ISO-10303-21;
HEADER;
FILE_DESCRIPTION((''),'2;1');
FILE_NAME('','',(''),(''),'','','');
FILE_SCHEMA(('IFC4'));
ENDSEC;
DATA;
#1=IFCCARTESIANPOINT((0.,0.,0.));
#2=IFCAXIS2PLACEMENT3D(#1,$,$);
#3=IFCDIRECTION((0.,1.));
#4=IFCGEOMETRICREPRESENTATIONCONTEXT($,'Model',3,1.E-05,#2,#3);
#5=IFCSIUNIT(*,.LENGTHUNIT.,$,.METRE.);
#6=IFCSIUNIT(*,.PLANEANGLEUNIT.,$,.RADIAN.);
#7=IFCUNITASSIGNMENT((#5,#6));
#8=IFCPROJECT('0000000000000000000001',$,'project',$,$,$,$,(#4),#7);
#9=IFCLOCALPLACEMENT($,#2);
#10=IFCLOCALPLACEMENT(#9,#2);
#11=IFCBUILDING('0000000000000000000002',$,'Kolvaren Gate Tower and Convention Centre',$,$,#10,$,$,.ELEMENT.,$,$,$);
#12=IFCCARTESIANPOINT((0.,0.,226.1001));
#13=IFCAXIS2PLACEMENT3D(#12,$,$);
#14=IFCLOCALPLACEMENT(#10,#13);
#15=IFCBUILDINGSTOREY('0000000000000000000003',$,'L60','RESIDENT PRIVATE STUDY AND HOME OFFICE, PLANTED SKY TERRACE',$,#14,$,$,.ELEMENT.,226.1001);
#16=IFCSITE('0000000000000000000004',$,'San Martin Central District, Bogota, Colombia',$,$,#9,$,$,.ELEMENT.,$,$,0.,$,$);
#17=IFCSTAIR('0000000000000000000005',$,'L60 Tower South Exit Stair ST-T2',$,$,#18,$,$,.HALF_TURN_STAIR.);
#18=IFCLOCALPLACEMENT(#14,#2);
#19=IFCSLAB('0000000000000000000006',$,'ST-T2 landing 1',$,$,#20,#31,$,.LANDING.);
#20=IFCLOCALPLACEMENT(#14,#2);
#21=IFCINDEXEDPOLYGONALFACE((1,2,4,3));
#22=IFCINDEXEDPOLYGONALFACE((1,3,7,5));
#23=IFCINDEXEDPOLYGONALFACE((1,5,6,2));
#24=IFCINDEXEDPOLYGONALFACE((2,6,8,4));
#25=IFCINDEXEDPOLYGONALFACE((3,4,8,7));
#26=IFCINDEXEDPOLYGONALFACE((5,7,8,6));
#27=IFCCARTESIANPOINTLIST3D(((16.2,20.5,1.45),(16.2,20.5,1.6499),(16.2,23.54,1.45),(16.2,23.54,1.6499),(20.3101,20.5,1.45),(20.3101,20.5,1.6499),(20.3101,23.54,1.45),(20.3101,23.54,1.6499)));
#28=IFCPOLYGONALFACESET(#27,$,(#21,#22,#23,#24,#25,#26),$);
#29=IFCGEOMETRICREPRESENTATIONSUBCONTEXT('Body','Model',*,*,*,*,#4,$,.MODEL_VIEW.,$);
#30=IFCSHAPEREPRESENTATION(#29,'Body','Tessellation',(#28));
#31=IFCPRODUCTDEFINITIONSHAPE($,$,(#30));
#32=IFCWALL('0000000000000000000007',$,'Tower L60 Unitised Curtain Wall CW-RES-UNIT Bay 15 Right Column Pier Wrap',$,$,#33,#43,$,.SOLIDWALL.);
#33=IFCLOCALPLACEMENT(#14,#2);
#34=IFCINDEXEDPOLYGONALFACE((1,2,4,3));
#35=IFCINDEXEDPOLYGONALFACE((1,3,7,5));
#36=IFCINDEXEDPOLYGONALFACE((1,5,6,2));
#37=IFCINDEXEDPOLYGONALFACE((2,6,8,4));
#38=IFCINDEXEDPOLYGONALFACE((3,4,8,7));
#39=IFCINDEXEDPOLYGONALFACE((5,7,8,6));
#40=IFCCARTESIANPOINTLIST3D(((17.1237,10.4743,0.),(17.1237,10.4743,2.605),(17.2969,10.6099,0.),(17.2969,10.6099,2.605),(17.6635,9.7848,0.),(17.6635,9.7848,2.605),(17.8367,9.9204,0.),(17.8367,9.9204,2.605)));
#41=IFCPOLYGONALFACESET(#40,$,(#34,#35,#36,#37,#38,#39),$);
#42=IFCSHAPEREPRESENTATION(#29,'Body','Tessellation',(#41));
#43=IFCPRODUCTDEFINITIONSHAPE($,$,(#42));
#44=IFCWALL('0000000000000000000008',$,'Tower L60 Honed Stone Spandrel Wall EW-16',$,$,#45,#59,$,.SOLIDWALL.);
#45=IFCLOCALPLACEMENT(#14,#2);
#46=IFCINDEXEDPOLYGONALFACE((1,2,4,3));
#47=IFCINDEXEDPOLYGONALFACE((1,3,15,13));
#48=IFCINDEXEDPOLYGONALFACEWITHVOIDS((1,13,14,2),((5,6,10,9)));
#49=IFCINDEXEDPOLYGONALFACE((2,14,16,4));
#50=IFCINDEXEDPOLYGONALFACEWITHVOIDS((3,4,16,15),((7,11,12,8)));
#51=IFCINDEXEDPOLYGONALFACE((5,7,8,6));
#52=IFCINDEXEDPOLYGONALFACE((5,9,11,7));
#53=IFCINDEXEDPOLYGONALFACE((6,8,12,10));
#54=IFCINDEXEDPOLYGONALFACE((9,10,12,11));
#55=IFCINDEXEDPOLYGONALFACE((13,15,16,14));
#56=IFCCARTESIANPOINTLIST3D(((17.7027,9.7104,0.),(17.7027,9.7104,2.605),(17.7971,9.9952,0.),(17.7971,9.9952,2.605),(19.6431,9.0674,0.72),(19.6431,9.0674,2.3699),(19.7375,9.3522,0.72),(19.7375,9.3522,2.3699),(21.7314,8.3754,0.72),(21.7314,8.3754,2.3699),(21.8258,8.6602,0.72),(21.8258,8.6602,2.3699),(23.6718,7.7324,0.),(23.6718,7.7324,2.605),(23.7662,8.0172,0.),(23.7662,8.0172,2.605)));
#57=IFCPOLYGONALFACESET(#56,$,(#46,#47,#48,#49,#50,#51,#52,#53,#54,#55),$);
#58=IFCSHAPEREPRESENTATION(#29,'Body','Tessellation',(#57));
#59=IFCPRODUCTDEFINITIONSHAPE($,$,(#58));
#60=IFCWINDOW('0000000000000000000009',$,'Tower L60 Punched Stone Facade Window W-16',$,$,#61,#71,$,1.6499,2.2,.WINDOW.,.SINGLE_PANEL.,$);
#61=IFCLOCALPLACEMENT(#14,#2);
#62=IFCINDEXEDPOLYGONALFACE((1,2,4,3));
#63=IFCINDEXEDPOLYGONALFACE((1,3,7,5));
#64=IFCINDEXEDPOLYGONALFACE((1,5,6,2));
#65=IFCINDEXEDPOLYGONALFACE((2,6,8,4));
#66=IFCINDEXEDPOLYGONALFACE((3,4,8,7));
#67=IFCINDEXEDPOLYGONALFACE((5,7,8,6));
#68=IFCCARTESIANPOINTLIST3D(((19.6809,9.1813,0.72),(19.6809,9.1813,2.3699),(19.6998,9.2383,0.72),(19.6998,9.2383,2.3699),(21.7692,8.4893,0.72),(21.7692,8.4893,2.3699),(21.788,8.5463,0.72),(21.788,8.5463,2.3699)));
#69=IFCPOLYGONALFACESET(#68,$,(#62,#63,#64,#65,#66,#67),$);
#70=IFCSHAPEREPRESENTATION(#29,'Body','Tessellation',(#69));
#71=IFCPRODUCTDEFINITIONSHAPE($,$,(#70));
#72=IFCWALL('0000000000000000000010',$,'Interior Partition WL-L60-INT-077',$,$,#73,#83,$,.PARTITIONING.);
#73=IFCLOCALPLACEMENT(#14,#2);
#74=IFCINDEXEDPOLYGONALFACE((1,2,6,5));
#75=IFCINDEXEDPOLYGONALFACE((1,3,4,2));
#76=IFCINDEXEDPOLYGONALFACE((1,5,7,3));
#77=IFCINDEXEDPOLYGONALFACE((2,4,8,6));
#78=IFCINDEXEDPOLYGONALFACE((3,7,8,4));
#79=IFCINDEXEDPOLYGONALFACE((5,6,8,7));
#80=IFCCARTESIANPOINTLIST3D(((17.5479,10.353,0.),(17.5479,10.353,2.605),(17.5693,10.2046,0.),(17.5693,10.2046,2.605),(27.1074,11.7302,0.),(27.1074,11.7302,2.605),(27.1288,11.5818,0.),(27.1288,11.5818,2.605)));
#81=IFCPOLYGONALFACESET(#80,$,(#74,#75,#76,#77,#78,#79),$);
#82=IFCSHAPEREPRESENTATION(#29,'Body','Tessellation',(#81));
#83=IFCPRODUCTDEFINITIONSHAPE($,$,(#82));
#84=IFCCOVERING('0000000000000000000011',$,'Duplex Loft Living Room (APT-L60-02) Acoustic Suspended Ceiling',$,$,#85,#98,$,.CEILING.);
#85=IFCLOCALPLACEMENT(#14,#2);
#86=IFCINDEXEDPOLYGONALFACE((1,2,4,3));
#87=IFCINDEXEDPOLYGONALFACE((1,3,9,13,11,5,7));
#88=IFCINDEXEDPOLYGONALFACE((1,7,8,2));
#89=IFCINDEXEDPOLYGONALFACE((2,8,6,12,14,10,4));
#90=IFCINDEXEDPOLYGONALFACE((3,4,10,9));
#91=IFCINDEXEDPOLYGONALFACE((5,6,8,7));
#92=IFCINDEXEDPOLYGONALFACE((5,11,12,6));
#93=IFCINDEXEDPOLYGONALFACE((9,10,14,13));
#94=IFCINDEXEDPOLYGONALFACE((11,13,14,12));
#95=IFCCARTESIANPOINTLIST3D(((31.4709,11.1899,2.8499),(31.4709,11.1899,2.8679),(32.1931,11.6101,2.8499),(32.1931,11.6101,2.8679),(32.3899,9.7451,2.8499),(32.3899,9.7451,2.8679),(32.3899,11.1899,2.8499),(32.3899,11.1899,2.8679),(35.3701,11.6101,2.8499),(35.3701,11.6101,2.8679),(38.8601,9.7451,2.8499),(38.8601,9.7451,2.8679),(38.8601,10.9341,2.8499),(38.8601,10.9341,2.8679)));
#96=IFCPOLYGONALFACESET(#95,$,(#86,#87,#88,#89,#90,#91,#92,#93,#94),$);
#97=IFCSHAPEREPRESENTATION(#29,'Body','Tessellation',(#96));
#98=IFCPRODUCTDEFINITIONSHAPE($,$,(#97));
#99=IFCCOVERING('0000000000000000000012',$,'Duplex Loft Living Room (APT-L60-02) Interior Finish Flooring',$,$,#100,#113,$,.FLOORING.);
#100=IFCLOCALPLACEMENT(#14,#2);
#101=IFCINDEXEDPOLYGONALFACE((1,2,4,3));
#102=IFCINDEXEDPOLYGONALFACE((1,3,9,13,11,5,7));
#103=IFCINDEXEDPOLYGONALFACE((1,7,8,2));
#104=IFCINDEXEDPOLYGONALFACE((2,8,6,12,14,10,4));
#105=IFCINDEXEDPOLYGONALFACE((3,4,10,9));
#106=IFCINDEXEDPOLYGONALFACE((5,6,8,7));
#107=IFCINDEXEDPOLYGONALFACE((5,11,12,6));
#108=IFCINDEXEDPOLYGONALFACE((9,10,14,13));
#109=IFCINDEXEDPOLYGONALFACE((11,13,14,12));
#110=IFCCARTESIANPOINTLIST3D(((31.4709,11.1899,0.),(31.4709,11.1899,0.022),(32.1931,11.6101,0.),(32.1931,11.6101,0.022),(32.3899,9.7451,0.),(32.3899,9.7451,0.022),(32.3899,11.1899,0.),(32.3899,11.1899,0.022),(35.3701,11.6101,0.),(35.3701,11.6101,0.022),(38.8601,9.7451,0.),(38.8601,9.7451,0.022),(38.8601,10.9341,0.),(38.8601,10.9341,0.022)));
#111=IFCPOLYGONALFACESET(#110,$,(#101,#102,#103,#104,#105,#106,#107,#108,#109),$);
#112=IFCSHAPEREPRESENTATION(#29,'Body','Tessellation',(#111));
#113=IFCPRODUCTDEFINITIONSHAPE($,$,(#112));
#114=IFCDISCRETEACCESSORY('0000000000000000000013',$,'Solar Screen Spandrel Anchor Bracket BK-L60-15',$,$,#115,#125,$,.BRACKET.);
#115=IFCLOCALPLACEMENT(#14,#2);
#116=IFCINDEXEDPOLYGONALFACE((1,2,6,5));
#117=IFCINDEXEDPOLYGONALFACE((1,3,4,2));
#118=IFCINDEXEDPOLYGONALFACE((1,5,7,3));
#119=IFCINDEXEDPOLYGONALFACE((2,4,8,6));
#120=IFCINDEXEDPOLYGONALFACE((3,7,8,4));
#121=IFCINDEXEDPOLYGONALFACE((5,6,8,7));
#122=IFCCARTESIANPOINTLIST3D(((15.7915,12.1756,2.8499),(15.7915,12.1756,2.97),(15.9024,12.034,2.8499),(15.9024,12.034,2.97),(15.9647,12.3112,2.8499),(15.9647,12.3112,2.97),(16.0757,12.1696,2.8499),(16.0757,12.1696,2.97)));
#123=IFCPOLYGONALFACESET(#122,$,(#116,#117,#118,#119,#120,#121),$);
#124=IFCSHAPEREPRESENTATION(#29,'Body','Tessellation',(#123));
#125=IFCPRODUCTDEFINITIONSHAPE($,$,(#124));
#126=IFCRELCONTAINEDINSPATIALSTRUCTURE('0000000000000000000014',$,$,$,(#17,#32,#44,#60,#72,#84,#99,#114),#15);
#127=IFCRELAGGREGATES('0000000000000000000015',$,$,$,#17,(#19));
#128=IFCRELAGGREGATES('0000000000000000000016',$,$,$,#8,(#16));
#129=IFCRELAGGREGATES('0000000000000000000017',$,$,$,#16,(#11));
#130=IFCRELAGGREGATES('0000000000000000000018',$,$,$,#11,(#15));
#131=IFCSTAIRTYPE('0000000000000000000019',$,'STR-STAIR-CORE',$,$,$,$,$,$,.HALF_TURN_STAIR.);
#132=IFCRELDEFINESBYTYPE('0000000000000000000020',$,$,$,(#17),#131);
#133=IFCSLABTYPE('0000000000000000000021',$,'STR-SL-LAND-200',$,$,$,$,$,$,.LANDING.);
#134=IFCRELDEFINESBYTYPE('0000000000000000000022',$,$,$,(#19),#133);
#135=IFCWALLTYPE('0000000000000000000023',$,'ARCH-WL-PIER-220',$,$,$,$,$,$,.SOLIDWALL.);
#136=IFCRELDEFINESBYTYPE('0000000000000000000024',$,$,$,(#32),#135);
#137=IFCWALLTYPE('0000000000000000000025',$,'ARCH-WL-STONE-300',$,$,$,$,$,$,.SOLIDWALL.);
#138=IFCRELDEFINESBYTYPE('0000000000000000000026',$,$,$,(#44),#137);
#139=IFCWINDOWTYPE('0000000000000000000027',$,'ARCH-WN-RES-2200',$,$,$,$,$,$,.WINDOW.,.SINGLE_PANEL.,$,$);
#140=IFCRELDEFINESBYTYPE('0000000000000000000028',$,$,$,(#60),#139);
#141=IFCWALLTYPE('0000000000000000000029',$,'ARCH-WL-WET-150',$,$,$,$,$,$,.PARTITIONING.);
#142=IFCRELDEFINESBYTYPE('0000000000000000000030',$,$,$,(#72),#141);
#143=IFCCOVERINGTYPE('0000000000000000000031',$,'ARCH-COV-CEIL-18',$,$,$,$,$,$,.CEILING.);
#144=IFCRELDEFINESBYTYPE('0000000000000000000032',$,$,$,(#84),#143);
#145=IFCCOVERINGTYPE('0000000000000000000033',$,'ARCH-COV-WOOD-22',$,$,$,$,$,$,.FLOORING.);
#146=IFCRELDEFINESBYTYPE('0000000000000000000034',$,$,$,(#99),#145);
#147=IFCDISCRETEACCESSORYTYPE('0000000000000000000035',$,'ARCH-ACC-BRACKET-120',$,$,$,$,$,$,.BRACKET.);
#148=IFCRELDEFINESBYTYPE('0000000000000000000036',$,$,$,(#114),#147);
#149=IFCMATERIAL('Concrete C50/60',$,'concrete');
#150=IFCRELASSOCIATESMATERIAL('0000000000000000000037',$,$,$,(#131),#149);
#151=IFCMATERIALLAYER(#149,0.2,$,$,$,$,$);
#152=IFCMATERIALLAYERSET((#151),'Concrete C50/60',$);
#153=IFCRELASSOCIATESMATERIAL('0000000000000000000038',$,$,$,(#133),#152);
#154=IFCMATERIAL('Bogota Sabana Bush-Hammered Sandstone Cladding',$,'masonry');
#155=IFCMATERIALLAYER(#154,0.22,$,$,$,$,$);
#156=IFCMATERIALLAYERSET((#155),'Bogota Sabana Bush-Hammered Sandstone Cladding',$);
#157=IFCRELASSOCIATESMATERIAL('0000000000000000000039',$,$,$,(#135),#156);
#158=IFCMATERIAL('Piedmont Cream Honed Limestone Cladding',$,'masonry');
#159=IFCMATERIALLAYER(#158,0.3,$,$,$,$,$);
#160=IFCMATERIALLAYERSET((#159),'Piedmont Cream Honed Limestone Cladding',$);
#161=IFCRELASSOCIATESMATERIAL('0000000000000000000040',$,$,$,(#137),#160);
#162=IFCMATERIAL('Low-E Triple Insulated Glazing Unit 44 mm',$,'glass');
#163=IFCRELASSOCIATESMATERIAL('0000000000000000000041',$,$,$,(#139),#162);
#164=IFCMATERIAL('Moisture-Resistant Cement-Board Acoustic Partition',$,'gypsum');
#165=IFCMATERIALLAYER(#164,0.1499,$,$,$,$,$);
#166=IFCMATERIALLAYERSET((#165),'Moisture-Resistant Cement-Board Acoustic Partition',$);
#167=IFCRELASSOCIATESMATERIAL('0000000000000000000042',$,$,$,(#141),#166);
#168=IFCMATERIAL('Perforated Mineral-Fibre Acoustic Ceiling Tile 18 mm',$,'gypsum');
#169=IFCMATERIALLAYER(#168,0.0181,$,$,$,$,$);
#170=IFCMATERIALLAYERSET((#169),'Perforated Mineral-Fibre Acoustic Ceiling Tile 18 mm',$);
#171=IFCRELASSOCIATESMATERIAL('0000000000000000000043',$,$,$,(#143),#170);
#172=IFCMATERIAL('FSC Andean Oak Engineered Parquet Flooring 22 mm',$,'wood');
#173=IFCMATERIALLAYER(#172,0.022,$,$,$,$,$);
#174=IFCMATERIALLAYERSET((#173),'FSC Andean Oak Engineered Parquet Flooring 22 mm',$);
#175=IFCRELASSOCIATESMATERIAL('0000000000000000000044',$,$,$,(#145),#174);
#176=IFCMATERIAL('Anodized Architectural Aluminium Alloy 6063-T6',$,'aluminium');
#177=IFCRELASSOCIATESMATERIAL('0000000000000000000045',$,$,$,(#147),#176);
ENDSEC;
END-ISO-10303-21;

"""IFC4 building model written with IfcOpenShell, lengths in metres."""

from ifc_helpers import new_model, si_unit, direction, frame, frame_2d, origin, origin_2d, place, context, subcontext, project, spatial, polyline, rectangle, outline, extrude, material, layer, layer_set, type_object, element, fill, aggregate, save


model = new_model("IFC4")

# Units and contexts
model_context = context("Model", 3, precision=1e-05, world=origin(), true_north=direction((0.0, 1.0)))
body_context = subcontext(model_context, "Body", "Model", "MODEL_VIEW")
ifc_project = project(units=[si_unit("LENGTHUNIT", "METRE"), si_unit("PLANEANGLEUNIT", "RADIAN")], contexts=[model_context])

# Site, building, storey
site_placement = place(None, origin())
site = spatial("IfcSite", under=ifc_project, at=site_placement, Name="San Martin Central District, Bogota, Colombia", CompositionType="ELEMENT", RefElevation=0.0)
building_placement = place(site_placement, origin())
building = spatial("IfcBuilding", under=site, at=building_placement, Name="Kolvaren Gate Tower and Convention Centre", CompositionType="ELEMENT")
storey_placement = place(building_placement, frame((0.0, 0.0, 226.1001)))
storey = spatial("IfcBuildingStorey", under=building, at=storey_placement, Name="L60", Description="RESIDENT PRIVATE STUDY AND HOME OFFICE, PLANTED SKY TERRACE", CompositionType="ELEMENT", Elevation=226.1001)

# Shared definitions
ifc_material_1 = material(Name="Anodized Architectural Aluminium Alloy 6063-T6", Category="aluminium")

# Shared definitions
ifc_material_2 = material(Name="Low-E Triple Insulated Glazing Unit 44 mm", Category="glass")

# Shared definitions
ifc_material_3 = material(Name="Concrete C50/60", Category="concrete")

# Stair, slab
stair_type = type_object("IfcStairType", Name="STR-STAIR-CORE", PredefinedType="HALF_TURN_STAIR", material=ifc_material_3)
ifc_layer_1 = layer(ifc_material_3, 0.2)
ifc_layer_set_1 = layer_set([ifc_layer_1], Name="Concrete C50/60")
slab_type_1 = type_object("IfcSlabType", Name="STR-SL-LAND-200", PredefinedType="LANDING", material=ifc_layer_set_1)
stair_1_placement = place(storey_placement, origin())
stair_1 = element("IfcStair", 1, at=stair_1_placement, inside=storey, type_object=stair_type, Name="L60 Tower South Exit Stair ST-T2", PredefinedType="HALF_TURN_STAIR")
slab_1_placement = place(storey_placement, frame((0.0, 0.0, 1.45)))
slab_1 = element("IfcSlab", 2, at=slab_1_placement, type_object=slab_type_1, Name="ST-T2 landing 1", PredefinedType="LANDING", context=body_context, shape_type="SweptSolid", body=[
    extrude(outline(polyline([(20.3101, 23.54), (16.2, 23.54), (16.2, 20.5), (20.3101, 20.5), (20.3101, 23.54)])), origin(), (0.0, 0.0, 1.0), 0.2),
])
aggregate(stair_1, [slab_1])

# Wall
ifc_material_4 = material(Name="Bogota Sabana Bush-Hammered Sandstone Cladding", Category="masonry")
ifc_layer_2 = layer(ifc_material_4, 0.22)
ifc_layer_set_2 = layer_set([ifc_layer_2], Name="Bogota Sabana Bush-Hammered Sandstone Cladding")
wall_type_1 = type_object("IfcWallType", Name="ARCH-WL-PIER-220", PredefinedType="SOLIDWALL", material=ifc_layer_set_2)
wall_1_placement = place(storey_placement, frame((17.2102, 10.5422, 0.0), z_axis=(0.0, 0.0, 1.0), x_axis=(0.616466, -0.787381, 0.0)))
element("IfcWall", 3, at=wall_1_placement, inside=storey, type_object=wall_type_1, Name="Tower L60 Unitised Curtain Wall CW-RES-UNIT Bay 15 Right Column Pier Wrap", PredefinedType="SOLIDWALL", context=body_context, shape_type="SweptSolid", body=[
    extrude(rectangle(XDim=0.8757, YDim=0.22, at=frame_2d((0.438, 0.0))), origin(), (0.0, 0.0, 1.0), 2.605),
])

# Wall, opening, window
ifc_material_5 = material(Name="Piedmont Cream Honed Limestone Cladding", Category="masonry")
ifc_layer_3 = layer(ifc_material_5, 0.3)
ifc_layer_set_3 = layer_set([ifc_layer_3], Name="Piedmont Cream Honed Limestone Cladding")
wall_type_2 = type_object("IfcWallType", Name="ARCH-WL-STONE-300", PredefinedType="SOLIDWALL", material=ifc_layer_set_3)
wall_2_placement = place(storey_placement, frame((17.75, 9.8528, 0.0), z_axis=(0.0, 0.0, 1.0), x_axis=(0.949241, -0.31455, 0.0)))
wall_2 = element("IfcWall", 4, at=wall_2_placement, inside=storey, type_object=wall_type_2, Name="Tower L60 Honed Stone Spandrel Wall EW-16", PredefinedType="SOLIDWALL", context=body_context, shape_type="SweptSolid", body=[
    extrude(rectangle(XDim=6.2883, YDim=0.3, at=frame_2d((3.144, 0.0))), origin(), (0.0, 0.0, 1.0), 2.605),
])
opening_placement = place(wall_2_placement, frame((2.0439, 0.0, 0.72)))
opening = element("IfcOpeningElement", 5, at=opening_placement, cuts=wall_2, PredefinedType="OPENING", context=body_context, shape_type="SweptSolid", body=[
    extrude(rectangle(XDim=2.2, YDim=1.6499, at=frame_2d((1.1001, 0.825))), frame((0.0, 0.1599, 0.0), z_axis=(0.0, -1.0, 0.0), x_axis=(1.0, 0.0, 0.0)), (0.0, 0.0, 1.0), 0.3201),
])
window_type = type_object("IfcWindowType", Name="ARCH-WN-RES-2200", PartitioningType="SINGLE_PANEL", PredefinedType="WINDOW", material=ifc_material_2)
window_placement = place(opening_placement, origin())
window = element("IfcWindow", 6, at=window_placement, inside=storey, type_object=window_type, Name="Tower L60 Punched Stone Facade Window W-16", OverallHeight=1.6499, OverallWidth=2.2, PartitioningType="SINGLE_PANEL", PredefinedType="WINDOW", context=body_context, shape_type="SweptSolid", body=[
    extrude(rectangle(XDim=2.2, YDim=1.6499, at=frame_2d((1.1001, 0.825))), frame((0.0, 0.03, 0.0), z_axis=(0.0, -1.0, 0.0), x_axis=(1.0, 0.0, 0.0)), (0.0, 0.0, 1.0), 0.0601),
])
fill(opening, window)

# Wall
ifc_material_6 = material(Name="Moisture-Resistant Cement-Board Acoustic Partition", Category="gypsum")
ifc_layer_4 = layer(ifc_material_6, 0.1499)
ifc_layer_set_4 = layer_set([ifc_layer_4], Name="Moisture-Resistant Cement-Board Acoustic Partition")
wall_type_3 = type_object("IfcWallType", Name="ARCH-WL-WET-150", PredefinedType="PARTITIONING", material=ifc_layer_set_4)
wall_3_placement = place(storey_placement, frame((17.5586, 10.2788, 0.0), z_axis=(0.0, 0.0, 1.0), x_axis=(0.989781, 0.142593, 0.0)))
element("IfcWall", 7, at=wall_3_placement, inside=storey, type_object=wall_type_3, Name="Interior Partition WL-L60-INT-077", PredefinedType="PARTITIONING", context=body_context, shape_type="SweptSolid", body=[
    extrude(rectangle(XDim=9.6582, YDim=0.1499, at=frame_2d((4.8291, 0.0))), origin(), (0.0, 0.0, 1.0), 2.605),
])

# Coverings
ifc_material_7 = material(Name="Perforated Mineral-Fibre Acoustic Ceiling Tile 18 mm", Category="gypsum")
ifc_layer_5 = layer(ifc_material_7, 0.0181)
ifc_layer_set_5 = layer_set([ifc_layer_5], Name="Perforated Mineral-Fibre Acoustic Ceiling Tile 18 mm")
covering_type_1 = type_object("IfcCoveringType", Name="ARCH-COV-CEIL-18", PredefinedType="CEILING", material=ifc_layer_set_5)
covering_1_placement = place(storey_placement, frame((0.0, 0.0, 2.8499)))
element("IfcCovering", 8, at=covering_1_placement, inside=storey, type_object=covering_type_1, Name="Duplex Loft Living Room (APT-L60-02) Acoustic Suspended Ceiling", PredefinedType="CEILING", context=body_context, shape_type="SweptSolid", body=[
    extrude(outline(polyline([(32.3899, 9.7451), (32.3899, 11.1899), (31.4709, 11.1899), (32.1931, 11.6101), (35.3701, 11.6101), (38.8601, 10.9341), (38.8601, 9.7451), (32.3899, 9.7451)])), origin(), (0.0, 0.0, 1.0), 0.0181),
])
ifc_material_8 = material(Name="FSC Andean Oak Engineered Parquet Flooring 22 mm", Category="wood")
ifc_layer_6 = layer(ifc_material_8, 0.022)
ifc_layer_set_6 = layer_set([ifc_layer_6], Name="FSC Andean Oak Engineered Parquet Flooring 22 mm")
covering_type_2 = type_object("IfcCoveringType", Name="ARCH-COV-WOOD-22", PredefinedType="FLOORING", material=ifc_layer_set_6)
covering_2_placement = place(storey_placement, origin())
element("IfcCovering", 9, at=covering_2_placement, inside=storey, type_object=covering_type_2, Name="Duplex Loft Living Room (APT-L60-02) Interior Finish Flooring", PredefinedType="FLOORING", context=body_context, shape_type="SweptSolid", body=[
    extrude(outline(polyline([(32.3899, 9.7451), (32.3899, 11.1899), (31.4709, 11.1899), (32.1931, 11.6101), (35.3701, 11.6101), (38.8601, 10.9341), (38.8601, 9.7451), (32.3899, 9.7451)])), origin(), (0.0, 0.0, 1.0), 0.022),
])

# Discrete accessory
discrete_accessory_type = type_object("IfcDiscreteAccessoryType", Name="ARCH-ACC-BRACKET-120", PredefinedType="BRACKET", material=ifc_material_1)
discrete_accessory_placement = place(storey_placement, frame((15.9336, 12.1726, 2.8499), z_axis=(0.0, 0.0, 1.0), x_axis=(0.616434, -0.787406, 0.0)))
element("IfcDiscreteAccessory", 10, at=discrete_accessory_placement, inside=storey, type_object=discrete_accessory_type, Name="Solar Screen Spandrel Anchor Bracket BK-L60-15", PredefinedType="BRACKET", context=body_context, shape_type="SweptSolid", body=[
    extrude(rectangle(XDim=0.1799, YDim=0.22, at=origin_2d()), origin(), (0.0, 0.0, 1.0), 0.1201),
])

save(model, "model.ifc")
